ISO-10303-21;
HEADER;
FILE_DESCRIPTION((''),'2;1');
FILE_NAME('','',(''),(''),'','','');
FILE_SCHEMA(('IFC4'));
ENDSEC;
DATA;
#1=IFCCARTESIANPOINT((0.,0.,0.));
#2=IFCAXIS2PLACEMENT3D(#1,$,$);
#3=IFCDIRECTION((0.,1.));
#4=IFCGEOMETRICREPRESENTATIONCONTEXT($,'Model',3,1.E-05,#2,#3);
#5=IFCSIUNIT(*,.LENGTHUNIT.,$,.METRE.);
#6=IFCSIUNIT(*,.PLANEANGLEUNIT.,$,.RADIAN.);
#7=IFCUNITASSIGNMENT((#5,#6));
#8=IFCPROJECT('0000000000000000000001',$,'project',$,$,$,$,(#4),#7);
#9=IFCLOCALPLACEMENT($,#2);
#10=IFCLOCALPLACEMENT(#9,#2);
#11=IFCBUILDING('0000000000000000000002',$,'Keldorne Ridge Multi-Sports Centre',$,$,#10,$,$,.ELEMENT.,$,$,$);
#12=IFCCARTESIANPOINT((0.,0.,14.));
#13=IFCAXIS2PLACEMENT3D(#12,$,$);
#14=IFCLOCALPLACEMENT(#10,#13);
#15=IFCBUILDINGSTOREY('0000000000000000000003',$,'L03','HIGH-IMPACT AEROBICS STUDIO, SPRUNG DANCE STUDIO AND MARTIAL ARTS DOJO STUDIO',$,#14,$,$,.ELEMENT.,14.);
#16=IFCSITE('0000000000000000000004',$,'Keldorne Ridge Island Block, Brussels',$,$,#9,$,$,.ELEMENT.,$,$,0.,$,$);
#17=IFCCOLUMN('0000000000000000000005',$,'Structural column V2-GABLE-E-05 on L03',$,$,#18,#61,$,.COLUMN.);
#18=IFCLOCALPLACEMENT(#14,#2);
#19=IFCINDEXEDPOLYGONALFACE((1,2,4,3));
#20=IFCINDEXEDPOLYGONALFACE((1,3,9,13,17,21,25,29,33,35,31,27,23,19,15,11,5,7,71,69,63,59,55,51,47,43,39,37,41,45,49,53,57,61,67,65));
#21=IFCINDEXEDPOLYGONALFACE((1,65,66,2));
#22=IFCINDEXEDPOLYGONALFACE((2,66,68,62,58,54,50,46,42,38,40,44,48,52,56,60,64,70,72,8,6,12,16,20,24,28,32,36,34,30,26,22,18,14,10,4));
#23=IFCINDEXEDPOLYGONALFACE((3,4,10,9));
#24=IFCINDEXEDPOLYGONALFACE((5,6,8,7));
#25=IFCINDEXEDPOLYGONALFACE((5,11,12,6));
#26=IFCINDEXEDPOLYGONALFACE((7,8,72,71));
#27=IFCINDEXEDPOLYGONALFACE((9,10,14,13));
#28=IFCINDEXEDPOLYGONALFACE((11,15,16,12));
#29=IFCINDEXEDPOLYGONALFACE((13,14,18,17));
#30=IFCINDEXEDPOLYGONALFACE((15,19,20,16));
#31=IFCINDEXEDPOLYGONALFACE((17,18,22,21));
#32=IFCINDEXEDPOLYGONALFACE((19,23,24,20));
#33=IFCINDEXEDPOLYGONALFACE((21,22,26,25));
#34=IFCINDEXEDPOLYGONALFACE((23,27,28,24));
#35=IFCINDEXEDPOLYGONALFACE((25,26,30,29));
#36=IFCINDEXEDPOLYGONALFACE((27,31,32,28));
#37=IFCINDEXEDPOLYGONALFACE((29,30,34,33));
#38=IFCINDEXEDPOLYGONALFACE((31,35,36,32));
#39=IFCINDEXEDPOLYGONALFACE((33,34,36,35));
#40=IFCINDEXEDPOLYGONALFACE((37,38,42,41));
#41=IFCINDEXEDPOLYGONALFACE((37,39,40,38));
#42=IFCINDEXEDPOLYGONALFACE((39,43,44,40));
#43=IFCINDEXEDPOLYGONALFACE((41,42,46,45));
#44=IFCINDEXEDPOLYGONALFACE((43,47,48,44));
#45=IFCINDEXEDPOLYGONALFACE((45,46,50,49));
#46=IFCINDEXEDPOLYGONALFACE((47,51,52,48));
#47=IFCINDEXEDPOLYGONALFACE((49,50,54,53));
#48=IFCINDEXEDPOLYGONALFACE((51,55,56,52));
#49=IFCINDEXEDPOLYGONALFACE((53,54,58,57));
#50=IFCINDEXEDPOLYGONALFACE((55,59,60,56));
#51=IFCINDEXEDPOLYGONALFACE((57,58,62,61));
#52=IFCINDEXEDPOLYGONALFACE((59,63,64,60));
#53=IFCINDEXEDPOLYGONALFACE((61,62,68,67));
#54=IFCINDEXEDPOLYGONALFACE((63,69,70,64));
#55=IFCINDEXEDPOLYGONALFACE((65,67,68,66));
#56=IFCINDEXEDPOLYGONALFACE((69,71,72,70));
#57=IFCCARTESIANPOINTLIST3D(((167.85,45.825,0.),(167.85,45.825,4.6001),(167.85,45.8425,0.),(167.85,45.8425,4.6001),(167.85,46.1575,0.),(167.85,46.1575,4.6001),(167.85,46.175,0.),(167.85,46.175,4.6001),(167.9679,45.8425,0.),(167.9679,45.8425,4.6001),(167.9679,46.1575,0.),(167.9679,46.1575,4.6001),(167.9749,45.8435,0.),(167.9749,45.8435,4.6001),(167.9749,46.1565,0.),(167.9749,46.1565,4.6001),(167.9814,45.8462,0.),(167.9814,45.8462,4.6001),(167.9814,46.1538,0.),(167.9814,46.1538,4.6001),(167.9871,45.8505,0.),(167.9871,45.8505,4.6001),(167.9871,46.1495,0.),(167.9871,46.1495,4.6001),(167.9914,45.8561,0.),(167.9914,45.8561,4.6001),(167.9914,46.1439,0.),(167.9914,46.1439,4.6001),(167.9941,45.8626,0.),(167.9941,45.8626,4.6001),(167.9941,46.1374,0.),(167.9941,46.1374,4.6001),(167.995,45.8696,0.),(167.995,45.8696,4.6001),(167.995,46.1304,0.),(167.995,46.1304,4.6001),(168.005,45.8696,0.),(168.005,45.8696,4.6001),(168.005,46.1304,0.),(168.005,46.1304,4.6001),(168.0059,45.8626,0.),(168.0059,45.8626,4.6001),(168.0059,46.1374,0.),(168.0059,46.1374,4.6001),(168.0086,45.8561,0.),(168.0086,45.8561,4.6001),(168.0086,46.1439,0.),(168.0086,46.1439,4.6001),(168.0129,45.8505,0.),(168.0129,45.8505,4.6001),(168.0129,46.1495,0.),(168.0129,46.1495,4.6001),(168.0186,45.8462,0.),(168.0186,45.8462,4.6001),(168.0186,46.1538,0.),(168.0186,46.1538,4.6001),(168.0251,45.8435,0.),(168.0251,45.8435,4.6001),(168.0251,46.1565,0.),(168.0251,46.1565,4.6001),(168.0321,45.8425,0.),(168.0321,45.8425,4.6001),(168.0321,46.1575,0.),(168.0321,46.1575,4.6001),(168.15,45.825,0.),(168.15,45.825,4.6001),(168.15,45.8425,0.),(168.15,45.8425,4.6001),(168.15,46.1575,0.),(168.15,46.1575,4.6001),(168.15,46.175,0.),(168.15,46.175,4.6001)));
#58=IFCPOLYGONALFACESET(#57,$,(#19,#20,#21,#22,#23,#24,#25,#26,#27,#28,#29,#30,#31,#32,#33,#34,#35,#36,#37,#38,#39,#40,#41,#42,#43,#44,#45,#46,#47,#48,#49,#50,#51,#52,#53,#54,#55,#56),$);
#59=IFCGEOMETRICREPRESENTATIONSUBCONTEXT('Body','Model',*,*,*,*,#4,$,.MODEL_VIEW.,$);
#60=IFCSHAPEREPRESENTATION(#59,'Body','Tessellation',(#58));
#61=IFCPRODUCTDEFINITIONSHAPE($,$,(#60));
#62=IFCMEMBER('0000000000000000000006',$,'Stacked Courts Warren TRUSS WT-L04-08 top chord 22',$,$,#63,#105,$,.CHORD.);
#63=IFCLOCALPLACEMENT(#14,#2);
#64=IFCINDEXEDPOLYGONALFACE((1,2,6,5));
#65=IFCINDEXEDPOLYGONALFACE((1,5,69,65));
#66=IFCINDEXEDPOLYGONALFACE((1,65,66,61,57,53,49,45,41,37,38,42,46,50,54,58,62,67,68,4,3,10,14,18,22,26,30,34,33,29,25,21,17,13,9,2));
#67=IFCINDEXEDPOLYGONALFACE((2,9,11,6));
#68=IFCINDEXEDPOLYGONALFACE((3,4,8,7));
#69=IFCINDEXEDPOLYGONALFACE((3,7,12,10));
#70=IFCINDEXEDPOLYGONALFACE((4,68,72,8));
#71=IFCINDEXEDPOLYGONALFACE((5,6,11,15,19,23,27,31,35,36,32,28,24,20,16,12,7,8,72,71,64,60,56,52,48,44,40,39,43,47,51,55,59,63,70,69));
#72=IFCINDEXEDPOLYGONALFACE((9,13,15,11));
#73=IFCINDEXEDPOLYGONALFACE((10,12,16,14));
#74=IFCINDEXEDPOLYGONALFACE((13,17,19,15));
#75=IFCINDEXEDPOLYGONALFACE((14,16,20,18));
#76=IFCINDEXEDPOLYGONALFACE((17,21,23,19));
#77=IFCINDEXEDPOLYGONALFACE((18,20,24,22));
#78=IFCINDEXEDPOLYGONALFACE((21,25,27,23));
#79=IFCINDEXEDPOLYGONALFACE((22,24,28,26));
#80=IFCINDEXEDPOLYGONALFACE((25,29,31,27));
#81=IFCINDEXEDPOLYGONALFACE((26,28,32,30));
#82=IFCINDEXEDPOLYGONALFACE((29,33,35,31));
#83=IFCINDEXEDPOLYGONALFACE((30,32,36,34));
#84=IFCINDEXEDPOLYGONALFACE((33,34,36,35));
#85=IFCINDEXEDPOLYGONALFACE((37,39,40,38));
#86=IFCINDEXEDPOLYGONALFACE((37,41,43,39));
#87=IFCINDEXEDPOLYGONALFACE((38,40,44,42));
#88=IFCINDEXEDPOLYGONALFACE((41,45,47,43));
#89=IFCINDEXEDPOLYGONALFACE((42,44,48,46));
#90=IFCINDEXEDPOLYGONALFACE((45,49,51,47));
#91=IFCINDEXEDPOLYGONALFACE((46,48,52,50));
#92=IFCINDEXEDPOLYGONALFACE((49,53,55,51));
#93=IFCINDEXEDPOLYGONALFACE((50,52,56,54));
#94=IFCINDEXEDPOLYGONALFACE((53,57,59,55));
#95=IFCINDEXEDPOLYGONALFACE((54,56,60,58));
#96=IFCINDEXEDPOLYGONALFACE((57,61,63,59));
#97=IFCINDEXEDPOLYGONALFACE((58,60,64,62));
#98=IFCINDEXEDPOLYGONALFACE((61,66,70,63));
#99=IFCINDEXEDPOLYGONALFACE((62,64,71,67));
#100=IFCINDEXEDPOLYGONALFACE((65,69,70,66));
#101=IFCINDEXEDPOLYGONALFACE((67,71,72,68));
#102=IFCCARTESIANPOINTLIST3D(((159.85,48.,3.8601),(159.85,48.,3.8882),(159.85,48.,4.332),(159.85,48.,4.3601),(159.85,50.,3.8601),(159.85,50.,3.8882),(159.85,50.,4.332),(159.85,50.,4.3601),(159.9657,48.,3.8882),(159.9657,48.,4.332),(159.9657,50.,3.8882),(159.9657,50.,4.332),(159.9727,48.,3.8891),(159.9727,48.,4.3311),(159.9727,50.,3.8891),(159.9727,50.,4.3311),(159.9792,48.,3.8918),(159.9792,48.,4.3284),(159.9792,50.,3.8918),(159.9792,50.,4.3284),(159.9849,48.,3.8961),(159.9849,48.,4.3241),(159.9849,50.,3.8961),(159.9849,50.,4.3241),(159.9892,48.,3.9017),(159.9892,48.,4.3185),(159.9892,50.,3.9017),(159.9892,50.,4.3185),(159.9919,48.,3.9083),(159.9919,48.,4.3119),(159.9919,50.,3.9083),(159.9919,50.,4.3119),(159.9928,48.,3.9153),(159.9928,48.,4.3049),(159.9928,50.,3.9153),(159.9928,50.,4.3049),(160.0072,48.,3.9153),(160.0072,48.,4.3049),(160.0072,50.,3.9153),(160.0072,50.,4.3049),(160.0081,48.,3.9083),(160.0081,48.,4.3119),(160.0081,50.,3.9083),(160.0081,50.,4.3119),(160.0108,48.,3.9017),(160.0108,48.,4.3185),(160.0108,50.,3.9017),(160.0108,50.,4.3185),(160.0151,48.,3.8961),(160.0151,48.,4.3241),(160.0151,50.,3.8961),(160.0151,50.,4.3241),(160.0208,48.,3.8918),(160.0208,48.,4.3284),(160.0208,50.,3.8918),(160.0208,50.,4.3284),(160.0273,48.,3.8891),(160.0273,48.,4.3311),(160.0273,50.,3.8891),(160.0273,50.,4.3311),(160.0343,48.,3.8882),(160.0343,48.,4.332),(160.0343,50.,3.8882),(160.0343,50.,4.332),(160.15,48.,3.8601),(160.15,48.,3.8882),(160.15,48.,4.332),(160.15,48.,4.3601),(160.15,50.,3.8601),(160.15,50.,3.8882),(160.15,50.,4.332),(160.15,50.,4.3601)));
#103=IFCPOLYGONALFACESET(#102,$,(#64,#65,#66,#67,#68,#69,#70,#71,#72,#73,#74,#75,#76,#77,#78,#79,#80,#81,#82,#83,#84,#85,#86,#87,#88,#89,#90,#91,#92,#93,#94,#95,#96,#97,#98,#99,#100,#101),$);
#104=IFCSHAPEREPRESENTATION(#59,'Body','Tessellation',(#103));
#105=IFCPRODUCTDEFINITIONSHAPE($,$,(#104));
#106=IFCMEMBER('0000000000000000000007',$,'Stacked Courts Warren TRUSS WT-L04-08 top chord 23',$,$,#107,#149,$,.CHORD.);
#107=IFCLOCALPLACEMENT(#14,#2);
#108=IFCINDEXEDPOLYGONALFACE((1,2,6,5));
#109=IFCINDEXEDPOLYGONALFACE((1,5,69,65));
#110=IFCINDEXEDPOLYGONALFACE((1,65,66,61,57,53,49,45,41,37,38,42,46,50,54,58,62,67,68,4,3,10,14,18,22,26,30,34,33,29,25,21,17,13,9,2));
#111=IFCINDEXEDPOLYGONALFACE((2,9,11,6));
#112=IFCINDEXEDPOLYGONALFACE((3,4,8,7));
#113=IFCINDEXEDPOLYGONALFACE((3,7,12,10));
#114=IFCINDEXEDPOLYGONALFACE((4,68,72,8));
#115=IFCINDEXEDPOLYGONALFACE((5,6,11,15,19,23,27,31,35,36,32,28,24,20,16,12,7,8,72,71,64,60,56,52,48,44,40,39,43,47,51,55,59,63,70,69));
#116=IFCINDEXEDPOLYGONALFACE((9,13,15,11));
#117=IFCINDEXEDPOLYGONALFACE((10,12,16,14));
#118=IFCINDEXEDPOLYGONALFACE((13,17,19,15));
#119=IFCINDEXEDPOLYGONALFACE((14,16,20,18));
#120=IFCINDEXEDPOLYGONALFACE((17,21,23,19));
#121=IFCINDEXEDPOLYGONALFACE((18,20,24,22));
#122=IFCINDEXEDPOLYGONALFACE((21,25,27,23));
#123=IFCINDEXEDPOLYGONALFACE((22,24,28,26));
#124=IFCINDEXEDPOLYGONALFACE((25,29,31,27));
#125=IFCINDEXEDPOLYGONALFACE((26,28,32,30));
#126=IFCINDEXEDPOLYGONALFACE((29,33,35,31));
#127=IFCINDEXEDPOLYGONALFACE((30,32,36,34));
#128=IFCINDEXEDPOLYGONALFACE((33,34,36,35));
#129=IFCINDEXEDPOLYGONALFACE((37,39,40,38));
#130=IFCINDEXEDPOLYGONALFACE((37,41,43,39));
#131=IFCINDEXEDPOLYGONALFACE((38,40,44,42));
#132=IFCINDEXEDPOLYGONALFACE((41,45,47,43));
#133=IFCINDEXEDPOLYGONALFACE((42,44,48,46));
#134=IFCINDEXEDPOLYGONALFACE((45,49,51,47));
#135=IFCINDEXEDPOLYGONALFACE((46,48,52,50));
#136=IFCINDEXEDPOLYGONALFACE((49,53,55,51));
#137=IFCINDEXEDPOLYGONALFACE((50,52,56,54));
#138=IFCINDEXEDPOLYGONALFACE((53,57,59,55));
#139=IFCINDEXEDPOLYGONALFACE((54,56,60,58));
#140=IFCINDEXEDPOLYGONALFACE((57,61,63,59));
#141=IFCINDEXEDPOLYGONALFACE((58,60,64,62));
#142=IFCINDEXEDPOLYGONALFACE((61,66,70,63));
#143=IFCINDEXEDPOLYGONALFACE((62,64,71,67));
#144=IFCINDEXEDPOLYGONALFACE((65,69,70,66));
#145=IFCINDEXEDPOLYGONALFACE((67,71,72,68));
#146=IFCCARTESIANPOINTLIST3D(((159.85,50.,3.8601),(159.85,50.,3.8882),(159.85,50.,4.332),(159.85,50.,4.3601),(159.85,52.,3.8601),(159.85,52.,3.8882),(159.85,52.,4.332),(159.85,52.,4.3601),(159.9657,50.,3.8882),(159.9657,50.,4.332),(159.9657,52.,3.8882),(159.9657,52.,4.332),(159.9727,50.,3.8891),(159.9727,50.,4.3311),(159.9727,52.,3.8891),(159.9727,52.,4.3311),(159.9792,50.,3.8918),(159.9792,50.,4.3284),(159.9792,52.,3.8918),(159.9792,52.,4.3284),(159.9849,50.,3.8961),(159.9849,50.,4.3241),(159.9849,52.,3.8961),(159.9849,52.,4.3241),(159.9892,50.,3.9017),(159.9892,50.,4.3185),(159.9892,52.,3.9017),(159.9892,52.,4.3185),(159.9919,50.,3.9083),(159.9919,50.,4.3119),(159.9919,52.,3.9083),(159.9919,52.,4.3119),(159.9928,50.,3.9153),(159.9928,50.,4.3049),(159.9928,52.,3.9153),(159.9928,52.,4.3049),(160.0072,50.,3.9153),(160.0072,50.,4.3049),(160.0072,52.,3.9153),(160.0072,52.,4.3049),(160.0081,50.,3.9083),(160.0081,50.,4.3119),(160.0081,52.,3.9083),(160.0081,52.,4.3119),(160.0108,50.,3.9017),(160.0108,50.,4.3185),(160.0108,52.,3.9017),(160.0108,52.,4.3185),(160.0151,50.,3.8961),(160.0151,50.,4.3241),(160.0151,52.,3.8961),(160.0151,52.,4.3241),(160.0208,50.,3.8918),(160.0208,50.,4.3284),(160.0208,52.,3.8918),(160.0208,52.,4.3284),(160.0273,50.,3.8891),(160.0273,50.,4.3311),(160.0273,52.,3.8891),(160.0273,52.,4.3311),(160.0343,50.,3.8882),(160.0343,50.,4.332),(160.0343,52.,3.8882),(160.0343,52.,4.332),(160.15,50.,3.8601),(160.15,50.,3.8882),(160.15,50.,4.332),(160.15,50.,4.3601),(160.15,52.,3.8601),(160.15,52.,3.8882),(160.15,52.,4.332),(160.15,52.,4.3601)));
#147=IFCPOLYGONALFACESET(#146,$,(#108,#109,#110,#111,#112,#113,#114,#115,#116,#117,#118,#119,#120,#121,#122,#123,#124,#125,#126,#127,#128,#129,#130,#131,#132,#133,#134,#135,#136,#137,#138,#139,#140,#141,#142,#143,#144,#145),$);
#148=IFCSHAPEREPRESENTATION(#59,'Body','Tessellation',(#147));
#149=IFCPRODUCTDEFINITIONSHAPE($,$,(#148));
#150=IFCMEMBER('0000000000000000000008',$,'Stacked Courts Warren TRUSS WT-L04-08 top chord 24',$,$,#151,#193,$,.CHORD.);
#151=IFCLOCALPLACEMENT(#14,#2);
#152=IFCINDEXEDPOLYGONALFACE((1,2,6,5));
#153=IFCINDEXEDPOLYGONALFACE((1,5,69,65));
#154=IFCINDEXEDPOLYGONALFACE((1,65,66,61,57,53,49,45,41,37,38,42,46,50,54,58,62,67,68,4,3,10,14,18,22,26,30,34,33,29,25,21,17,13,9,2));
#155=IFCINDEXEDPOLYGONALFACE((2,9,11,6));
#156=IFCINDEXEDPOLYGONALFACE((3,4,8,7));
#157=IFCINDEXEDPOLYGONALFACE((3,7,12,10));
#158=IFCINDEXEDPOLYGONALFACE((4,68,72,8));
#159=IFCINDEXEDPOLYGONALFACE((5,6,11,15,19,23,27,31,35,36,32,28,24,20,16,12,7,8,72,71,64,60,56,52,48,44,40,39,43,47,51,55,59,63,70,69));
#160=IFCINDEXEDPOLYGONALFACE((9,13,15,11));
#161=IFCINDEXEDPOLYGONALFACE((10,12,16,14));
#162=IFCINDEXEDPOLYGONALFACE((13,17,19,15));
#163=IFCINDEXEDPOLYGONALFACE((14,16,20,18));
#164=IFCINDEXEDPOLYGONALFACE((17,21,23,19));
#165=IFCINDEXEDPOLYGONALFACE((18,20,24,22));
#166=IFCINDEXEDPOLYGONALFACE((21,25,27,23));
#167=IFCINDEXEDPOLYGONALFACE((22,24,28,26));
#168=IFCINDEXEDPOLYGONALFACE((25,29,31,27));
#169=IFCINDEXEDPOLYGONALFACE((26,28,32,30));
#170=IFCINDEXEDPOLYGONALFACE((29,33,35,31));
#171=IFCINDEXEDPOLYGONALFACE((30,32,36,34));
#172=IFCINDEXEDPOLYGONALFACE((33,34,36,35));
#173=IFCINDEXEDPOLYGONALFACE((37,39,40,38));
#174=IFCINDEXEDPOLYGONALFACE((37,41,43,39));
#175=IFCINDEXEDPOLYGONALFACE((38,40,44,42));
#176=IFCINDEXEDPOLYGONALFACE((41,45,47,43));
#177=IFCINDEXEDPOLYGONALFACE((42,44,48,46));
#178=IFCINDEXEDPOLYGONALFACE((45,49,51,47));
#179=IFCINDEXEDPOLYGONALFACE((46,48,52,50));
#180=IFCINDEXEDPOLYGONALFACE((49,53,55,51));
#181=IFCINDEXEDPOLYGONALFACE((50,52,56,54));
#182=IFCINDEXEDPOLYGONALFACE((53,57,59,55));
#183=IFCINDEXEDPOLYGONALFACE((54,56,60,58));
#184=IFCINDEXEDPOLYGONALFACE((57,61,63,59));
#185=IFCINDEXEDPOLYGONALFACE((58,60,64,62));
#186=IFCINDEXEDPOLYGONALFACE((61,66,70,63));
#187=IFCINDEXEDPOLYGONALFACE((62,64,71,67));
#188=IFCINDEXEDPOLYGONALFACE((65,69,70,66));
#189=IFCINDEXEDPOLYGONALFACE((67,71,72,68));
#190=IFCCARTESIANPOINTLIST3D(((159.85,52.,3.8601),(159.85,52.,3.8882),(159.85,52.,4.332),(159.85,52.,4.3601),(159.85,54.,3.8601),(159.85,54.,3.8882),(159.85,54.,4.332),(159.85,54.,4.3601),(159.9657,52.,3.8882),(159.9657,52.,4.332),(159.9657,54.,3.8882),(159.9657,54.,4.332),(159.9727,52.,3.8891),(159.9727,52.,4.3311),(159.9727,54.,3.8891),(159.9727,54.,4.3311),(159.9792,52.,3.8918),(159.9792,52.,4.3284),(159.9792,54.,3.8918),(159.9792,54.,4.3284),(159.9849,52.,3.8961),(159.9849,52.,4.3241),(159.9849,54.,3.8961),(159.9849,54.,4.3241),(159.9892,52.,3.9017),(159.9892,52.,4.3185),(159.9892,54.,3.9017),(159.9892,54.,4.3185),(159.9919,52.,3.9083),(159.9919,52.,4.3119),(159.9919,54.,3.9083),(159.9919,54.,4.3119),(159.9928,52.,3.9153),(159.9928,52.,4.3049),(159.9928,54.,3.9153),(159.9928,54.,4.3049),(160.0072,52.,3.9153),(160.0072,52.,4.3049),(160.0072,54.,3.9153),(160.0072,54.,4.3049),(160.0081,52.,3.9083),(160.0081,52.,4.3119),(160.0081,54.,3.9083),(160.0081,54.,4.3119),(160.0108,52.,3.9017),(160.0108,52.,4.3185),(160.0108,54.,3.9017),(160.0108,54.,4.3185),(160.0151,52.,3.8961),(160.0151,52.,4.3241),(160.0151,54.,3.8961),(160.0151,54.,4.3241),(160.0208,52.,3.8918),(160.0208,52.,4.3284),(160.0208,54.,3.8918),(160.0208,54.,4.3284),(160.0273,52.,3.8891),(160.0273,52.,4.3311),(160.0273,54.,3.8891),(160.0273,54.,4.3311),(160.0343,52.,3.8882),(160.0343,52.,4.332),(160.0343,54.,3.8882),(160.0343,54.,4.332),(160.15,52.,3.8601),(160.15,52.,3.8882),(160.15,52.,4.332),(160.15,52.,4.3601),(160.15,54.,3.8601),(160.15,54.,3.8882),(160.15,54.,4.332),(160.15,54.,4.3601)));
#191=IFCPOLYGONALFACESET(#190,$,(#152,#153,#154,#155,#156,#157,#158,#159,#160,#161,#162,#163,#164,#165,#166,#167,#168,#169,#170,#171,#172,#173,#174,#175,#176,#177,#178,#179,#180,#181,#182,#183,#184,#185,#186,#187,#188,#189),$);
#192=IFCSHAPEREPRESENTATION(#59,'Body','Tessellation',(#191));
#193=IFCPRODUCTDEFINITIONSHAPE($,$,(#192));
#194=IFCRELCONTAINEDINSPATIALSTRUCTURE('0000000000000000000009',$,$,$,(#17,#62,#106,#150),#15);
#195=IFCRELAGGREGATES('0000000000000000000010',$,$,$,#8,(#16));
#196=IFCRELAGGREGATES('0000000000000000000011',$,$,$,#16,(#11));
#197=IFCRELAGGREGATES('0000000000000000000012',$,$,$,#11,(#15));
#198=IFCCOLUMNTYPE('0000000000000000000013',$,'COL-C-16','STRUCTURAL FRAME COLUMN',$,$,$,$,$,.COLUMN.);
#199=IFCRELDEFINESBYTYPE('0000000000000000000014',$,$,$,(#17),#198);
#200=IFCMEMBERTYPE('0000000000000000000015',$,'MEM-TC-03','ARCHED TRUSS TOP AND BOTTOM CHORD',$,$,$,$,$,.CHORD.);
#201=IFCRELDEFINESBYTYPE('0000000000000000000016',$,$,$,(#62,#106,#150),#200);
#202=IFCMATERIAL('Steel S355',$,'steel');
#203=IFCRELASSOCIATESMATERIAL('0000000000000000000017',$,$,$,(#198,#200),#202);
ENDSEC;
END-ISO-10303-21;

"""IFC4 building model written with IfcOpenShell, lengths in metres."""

from ifc_helpers import new_model, si_unit, direction, frame, origin, origin_2d, place, context, subcontext, project, spatial, i_section, extrude, material, material_profile, profile_set, type_object, element, save


model = new_model("IFC4")

# Units and contexts
model_context = context("Model", 3, precision=1e-05, world=origin(), true_north=direction((0.0, 1.0)))
body_context = subcontext(model_context, "Body", "Model", "MODEL_VIEW")
ifc_project = project(units=[si_unit("LENGTHUNIT", "METRE"), si_unit("PLANEANGLEUNIT", "RADIAN")], contexts=[model_context])

# Site, building, storey
site_placement = place(None, origin())
site = spatial("IfcSite", under=ifc_project, at=site_placement, Name="Keldorne Ridge Island Block, Brussels", CompositionType="ELEMENT", RefElevation=0.0)
building_placement = place(site_placement, origin())
building = spatial("IfcBuilding", under=site, at=building_placement, Name="Keldorne Ridge Multi-Sports Centre", CompositionType="ELEMENT")
storey_placement = place(building_placement, frame((0.0, 0.0, 14.0)))
storey = spatial("IfcBuildingStorey", under=building, at=storey_placement, Name="L03", Description="HIGH-IMPACT AEROBICS STUDIO, SPRUNG DANCE STUDIO AND MARTIAL ARTS DOJO STUDIO", CompositionType="ELEMENT", Elevation=14.0)

# Column
ifc_material_1 = material(Name="Steel S355", Category="steel")
ifc_material_profile_1 = material_profile(ifc_material_1, i_section(OverallWidth=0.3, OverallDepth=0.3501, WebThickness=0.01, FlangeThickness=0.0176, FilletRadius=0.0271, at=origin_2d()), Name="HEA 360")
ifc_profile_set_1 = profile_set([ifc_material_profile_1], Name="Steel S355")
column_type = type_object("IfcColumnType", Name="COL-C-16", Description="STRUCTURAL FRAME COLUMN", PredefinedType="COLUMN", material=ifc_profile_set_1)
column_placement = place(storey_placement, frame((168.0, 46.0, 0.0), z_axis=(0.0, 0.0, 1.0), x_axis=(1.0, 0.0, 0.0)))
element("IfcColumn", 1, at=column_placement, inside=storey, type_object=column_type, Name="Structural column V2-GABLE-E-05 on L03", PredefinedType="COLUMN", context=body_context, shape_type="SweptSolid", body=[
    extrude(i_section(OverallWidth=0.3, OverallDepth=0.3501, WebThickness=0.01, FlangeThickness=0.0176, FilletRadius=0.0271, at=origin_2d()), origin(), (0.0, 0.0, 1.0), 4.6001),
])

# Members
ifc_material_profile_2 = material_profile(ifc_material_1, i_section(OverallWidth=0.3, OverallDepth=0.5, WebThickness=0.0144, FlangeThickness=0.0281, FilletRadius=0.0271, at=origin_2d()), Name="HEB 500")
ifc_profile_set_2 = profile_set([ifc_material_profile_2], Name="Steel S355")
member_type_1 = type_object("IfcMemberType", Name="MEM-TC-03", Description="ARCHED TRUSS TOP AND BOTTOM CHORD", PredefinedType="CHORD", material=ifc_profile_set_2)
for number, where, z_axis, x_axis, name in (
    (2, (160.0, 48.0, 4.1101), (0.0, 1.0, 0.0), (-1.0, 0.0, 0.0), "Stacked Courts Warren TRUSS WT-L04-08 top chord 22"),
    (3, (160.0, 50.0, 4.1101), (0.0, 1.0, 0.0), (-1.0, 0.0, 0.0), "Stacked Courts Warren TRUSS WT-L04-08 top chord 23"),
    (4, (160.0, 52.0, 4.1101), (0.0, 1.0, 0.0), (-1.0, 0.0, 0.0), "Stacked Courts Warren TRUSS WT-L04-08 top chord 24"),
):
    element("IfcMember", number, at=place(storey_placement, frame(where, z_axis=z_axis, x_axis=x_axis)), inside=storey, type_object=member_type_1, Name=name, PredefinedType="CHORD", context=body_context, shape_type="SweptSolid", body=[
        extrude(i_section(OverallWidth=0.3, OverallDepth=0.5, WebThickness=0.0144, FlangeThickness=0.0281, FilletRadius=0.0271, at=origin_2d()), origin(), (0.0, 0.0, 1.0), 2.0),
    ])

save(model, "model.ifc")
